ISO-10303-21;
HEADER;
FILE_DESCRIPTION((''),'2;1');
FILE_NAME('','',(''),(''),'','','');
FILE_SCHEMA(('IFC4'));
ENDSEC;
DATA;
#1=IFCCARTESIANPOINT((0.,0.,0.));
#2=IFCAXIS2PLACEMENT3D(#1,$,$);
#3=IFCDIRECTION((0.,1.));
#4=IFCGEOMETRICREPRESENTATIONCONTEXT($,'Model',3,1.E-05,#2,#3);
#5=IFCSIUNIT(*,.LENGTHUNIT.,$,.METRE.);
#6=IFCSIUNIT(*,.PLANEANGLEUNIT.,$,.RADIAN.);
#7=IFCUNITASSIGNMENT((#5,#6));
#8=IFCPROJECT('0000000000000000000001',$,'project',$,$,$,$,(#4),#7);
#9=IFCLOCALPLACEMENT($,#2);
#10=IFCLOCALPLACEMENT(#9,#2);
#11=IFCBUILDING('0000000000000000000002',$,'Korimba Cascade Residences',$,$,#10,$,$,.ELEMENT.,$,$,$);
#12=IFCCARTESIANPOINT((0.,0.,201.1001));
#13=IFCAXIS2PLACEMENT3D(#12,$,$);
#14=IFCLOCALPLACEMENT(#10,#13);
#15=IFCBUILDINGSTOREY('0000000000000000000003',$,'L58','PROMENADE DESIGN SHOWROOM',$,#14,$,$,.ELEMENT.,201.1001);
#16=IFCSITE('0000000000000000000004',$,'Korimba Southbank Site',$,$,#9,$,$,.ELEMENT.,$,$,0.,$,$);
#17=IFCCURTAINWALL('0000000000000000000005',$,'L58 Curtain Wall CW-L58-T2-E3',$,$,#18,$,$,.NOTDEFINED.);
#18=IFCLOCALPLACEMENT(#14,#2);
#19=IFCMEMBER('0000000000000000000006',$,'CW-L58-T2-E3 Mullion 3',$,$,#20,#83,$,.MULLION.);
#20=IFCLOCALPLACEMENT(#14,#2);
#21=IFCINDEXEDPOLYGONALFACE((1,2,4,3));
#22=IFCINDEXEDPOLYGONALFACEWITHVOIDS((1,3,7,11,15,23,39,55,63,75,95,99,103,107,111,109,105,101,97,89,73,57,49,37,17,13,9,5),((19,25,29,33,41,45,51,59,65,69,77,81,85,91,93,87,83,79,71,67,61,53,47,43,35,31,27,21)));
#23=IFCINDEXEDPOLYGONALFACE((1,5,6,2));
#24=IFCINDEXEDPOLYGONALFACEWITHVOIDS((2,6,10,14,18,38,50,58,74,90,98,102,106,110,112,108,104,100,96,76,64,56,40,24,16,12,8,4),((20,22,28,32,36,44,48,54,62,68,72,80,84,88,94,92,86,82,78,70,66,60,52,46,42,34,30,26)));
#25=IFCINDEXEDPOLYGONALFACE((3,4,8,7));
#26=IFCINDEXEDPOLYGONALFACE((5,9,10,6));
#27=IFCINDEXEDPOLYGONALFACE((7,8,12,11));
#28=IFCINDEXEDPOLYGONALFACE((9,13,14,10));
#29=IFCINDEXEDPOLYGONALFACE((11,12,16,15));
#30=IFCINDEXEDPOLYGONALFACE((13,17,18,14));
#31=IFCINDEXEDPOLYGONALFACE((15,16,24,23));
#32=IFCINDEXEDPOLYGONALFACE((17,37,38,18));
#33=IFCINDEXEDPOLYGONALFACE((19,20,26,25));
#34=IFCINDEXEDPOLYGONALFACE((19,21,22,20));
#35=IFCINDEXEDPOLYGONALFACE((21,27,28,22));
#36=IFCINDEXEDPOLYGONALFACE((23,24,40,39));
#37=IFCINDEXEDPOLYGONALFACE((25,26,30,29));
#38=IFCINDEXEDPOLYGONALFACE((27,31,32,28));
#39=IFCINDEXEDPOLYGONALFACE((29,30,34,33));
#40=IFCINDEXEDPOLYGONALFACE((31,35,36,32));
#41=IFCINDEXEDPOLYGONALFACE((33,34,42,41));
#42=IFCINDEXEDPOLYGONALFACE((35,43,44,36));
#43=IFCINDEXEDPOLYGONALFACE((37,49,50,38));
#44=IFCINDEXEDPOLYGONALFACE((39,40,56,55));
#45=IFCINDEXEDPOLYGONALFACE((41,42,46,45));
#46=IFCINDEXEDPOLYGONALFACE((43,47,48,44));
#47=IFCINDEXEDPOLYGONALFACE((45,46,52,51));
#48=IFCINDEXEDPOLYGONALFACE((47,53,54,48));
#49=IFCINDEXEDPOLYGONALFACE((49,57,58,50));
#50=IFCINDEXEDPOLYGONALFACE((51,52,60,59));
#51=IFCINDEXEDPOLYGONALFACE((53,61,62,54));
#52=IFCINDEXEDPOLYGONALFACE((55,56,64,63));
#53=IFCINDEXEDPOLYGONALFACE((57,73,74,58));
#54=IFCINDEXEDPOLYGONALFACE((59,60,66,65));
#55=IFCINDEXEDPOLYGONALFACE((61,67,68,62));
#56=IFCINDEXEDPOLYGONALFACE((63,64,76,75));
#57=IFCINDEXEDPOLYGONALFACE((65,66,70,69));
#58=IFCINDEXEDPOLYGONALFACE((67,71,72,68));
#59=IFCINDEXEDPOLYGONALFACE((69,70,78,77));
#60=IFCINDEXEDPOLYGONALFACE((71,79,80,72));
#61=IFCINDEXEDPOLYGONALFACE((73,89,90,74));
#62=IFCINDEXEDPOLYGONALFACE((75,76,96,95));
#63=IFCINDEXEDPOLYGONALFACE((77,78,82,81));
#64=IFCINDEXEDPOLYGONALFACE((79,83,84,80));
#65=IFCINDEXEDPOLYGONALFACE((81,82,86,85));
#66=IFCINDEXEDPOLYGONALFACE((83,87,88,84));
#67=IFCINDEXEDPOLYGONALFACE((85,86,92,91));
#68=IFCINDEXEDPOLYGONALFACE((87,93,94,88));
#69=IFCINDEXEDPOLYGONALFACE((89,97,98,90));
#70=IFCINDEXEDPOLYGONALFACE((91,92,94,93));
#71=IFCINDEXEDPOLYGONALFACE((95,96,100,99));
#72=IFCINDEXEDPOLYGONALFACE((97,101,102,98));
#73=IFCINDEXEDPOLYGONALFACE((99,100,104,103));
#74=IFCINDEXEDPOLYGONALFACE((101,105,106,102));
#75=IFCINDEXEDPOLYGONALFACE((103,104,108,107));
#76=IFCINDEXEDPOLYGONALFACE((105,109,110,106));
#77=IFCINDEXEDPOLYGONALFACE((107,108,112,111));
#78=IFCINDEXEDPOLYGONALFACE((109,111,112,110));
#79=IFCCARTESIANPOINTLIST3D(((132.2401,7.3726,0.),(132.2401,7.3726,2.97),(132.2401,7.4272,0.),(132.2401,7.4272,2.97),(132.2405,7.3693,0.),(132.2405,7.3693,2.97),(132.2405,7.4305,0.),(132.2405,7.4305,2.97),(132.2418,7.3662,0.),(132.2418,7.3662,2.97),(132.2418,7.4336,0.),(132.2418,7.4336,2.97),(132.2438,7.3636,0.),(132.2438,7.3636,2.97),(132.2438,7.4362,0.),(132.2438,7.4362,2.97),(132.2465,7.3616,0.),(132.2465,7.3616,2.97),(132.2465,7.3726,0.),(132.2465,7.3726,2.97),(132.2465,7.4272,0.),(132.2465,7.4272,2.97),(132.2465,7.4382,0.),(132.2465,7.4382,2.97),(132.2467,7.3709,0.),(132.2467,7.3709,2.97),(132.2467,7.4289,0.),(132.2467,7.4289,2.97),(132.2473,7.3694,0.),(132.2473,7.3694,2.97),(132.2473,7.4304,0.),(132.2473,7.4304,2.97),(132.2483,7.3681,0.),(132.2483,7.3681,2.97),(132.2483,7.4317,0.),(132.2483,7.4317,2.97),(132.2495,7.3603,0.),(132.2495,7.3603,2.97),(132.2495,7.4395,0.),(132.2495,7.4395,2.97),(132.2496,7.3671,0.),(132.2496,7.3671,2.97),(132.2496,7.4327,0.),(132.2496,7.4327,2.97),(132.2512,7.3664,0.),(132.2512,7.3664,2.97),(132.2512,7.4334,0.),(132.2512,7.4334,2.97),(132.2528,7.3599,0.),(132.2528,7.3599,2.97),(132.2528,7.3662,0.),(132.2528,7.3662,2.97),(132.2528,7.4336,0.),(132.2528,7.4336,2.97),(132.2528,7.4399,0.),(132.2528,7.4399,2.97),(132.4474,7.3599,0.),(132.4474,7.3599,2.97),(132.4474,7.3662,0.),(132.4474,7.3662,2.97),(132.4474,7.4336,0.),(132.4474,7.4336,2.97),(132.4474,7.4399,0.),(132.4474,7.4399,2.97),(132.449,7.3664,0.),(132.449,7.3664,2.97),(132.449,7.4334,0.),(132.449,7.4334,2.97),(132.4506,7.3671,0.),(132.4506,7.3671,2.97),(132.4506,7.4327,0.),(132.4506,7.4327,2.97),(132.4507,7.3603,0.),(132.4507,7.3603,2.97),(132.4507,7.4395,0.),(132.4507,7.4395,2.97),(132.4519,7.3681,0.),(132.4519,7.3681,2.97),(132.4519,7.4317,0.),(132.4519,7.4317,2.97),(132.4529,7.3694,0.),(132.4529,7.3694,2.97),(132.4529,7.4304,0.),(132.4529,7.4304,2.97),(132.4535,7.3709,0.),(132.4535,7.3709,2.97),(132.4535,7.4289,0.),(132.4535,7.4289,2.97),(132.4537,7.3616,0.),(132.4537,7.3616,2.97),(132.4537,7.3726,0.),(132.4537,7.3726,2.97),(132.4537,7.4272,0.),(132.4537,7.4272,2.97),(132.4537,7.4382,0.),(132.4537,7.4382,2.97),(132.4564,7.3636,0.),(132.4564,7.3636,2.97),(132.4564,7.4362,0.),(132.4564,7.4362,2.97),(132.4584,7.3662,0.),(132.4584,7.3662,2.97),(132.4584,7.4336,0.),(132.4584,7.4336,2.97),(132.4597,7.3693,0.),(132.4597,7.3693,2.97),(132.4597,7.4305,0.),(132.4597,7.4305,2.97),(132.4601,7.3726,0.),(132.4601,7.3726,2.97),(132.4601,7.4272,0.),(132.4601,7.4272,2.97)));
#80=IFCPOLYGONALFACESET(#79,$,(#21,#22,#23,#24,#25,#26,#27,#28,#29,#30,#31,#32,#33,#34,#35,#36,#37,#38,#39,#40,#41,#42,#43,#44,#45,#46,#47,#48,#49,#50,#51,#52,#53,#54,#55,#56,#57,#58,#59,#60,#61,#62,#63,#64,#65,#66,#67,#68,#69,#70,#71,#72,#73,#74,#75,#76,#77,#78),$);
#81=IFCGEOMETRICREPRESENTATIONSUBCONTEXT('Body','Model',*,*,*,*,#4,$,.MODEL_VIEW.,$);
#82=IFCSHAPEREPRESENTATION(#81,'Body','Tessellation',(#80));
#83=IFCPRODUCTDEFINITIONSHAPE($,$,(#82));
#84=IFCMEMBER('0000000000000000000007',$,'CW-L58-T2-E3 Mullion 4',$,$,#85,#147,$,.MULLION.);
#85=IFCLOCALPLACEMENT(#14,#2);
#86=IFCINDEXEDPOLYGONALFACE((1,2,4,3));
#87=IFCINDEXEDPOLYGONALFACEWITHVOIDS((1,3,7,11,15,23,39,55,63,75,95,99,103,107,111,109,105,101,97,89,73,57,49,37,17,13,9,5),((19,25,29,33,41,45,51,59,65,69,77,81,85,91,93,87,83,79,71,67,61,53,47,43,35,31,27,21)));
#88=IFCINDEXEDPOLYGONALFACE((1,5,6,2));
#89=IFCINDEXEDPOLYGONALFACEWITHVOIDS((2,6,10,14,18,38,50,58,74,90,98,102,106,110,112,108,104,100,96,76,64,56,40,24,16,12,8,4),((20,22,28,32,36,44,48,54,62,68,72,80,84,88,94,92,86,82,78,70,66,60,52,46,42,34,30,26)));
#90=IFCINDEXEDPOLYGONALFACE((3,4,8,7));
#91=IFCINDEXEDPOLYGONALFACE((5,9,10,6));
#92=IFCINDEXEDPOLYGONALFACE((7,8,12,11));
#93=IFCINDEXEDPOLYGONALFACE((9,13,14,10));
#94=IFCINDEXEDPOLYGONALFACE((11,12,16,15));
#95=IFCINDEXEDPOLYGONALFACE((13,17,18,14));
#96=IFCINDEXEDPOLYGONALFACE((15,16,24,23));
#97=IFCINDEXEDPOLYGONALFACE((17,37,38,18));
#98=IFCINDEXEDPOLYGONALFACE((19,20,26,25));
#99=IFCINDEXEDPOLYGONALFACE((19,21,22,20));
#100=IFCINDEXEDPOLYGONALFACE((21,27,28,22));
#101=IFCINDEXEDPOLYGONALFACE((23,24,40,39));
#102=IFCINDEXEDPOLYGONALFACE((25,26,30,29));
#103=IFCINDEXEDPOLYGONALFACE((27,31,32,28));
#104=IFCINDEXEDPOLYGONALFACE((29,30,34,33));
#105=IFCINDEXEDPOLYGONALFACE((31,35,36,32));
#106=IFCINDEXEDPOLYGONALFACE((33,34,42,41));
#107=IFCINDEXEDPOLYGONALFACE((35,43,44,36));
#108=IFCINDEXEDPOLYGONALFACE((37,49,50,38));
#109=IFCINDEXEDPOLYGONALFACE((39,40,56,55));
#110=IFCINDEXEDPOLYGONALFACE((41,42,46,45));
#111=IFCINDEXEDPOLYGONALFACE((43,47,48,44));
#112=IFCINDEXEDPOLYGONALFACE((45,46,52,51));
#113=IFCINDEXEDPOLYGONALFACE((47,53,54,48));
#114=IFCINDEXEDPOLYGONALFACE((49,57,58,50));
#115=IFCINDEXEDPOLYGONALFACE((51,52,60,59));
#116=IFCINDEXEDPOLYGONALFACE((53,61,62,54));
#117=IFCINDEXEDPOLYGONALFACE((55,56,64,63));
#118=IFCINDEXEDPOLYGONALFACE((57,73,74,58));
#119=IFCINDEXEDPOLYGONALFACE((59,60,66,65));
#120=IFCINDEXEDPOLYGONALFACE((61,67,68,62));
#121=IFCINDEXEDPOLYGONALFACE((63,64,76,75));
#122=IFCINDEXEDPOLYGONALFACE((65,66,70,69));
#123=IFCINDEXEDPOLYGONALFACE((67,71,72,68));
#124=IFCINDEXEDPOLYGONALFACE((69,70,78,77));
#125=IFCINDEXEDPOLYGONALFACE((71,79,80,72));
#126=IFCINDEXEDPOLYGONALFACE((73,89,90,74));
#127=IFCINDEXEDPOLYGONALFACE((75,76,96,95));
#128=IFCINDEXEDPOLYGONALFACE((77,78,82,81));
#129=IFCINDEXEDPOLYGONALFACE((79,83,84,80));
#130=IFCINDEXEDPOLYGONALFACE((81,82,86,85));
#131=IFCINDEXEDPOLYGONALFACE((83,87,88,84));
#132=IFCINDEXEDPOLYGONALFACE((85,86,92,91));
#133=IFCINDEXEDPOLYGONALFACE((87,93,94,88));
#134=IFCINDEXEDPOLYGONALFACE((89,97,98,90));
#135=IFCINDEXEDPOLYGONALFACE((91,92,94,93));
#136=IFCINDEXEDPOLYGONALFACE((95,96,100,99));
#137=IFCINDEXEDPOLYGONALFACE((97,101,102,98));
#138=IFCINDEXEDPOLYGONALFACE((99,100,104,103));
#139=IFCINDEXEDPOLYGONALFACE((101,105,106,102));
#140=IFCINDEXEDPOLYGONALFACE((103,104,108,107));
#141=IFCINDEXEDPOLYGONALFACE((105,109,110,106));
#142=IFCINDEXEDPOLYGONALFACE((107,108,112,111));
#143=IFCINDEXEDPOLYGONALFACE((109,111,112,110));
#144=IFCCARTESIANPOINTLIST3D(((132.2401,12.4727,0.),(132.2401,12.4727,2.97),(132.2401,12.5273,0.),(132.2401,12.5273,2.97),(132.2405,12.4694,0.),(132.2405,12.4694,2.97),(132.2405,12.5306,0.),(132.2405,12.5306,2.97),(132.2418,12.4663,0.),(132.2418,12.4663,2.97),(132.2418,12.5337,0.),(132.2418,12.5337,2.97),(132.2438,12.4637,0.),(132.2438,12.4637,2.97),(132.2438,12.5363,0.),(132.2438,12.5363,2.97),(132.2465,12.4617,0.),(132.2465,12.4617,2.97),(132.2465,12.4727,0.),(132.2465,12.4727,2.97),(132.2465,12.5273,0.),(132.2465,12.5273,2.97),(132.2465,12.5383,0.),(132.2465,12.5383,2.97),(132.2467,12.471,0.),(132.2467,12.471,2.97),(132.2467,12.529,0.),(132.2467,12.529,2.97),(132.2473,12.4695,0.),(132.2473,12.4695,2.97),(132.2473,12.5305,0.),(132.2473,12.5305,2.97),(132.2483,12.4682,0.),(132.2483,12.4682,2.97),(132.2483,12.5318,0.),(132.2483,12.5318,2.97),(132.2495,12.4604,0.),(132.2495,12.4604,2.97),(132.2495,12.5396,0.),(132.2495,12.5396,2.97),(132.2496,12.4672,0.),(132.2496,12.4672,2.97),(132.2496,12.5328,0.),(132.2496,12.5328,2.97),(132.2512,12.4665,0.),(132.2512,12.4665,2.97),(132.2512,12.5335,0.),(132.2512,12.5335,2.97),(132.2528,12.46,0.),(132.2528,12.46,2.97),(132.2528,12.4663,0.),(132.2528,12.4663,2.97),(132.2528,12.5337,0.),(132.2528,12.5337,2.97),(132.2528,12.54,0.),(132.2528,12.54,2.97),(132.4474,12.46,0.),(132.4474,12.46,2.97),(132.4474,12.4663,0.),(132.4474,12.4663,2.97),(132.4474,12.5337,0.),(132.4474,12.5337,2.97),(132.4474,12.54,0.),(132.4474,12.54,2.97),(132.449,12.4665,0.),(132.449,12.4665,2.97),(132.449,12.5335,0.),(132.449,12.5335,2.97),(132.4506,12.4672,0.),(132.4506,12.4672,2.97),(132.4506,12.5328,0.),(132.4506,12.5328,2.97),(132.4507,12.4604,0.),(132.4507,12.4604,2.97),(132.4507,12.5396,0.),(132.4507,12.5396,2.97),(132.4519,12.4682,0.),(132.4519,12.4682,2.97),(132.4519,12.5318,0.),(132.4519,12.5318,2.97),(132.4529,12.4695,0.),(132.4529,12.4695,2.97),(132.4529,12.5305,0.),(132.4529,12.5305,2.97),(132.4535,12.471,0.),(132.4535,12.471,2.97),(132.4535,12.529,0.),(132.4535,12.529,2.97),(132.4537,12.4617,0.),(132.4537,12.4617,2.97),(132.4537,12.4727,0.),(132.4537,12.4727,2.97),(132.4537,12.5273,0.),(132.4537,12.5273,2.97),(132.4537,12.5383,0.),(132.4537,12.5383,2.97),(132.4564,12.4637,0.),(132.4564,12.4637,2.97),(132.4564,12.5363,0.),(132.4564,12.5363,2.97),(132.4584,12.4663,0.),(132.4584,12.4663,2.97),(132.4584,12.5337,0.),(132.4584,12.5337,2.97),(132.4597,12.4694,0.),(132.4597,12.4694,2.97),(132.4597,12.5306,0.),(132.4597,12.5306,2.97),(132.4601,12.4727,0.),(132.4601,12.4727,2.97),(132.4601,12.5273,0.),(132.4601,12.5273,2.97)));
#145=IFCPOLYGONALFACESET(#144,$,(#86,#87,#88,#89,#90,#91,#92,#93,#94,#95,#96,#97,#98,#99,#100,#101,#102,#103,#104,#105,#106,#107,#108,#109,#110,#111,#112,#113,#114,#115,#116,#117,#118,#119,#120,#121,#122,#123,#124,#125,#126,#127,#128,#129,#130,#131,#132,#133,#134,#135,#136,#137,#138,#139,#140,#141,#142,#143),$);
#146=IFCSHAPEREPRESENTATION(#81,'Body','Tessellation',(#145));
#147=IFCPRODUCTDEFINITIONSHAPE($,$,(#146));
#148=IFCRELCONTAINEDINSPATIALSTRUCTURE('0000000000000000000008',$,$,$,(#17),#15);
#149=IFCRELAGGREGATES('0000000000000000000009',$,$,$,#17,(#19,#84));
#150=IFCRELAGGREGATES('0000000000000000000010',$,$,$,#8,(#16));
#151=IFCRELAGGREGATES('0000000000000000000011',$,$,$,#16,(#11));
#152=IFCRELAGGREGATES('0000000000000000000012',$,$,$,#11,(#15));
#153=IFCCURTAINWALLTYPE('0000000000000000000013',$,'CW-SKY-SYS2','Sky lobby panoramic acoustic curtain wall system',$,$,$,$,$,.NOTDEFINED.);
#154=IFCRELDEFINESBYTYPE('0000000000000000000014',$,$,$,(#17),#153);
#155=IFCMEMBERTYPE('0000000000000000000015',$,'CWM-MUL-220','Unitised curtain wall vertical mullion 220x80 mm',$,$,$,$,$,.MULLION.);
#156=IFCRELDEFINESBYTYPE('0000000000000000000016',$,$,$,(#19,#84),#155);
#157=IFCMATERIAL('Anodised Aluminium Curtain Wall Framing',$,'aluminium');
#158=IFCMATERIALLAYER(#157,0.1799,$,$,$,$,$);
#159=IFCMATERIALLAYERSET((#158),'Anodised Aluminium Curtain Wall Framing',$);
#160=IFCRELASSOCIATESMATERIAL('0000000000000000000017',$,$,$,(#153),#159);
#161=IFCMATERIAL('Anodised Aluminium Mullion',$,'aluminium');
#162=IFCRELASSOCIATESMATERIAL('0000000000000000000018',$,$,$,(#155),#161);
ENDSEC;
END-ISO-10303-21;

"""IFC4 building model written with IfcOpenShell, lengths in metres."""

from ifc_helpers import new_model, si_unit, direction, frame, origin, origin_2d, place, context, subcontext, project, spatial, hollow_rectangle, extrude, material, layer, layer_set, material_profile, profile_set, type_object, element, aggregate, save


model = new_model("IFC4")

# Units and contexts
model_context = context("Model", 3, precision=1e-05, world=origin(), true_north=direction((0.0, 1.0)))
body_context = subcontext(model_context, "Body", "Model", "MODEL_VIEW")
ifc_project = project(units=[si_unit("LENGTHUNIT", "METRE"), si_unit("PLANEANGLEUNIT", "RADIAN")], contexts=[model_context])

# Site, building, storey
site_placement = place(None, origin())
site = spatial("IfcSite", under=ifc_project, at=site_placement, Name="Korimba Southbank Site", CompositionType="ELEMENT", RefElevation=0.0)
building_placement = place(site_placement, origin())
building = spatial("IfcBuilding", under=site, at=building_placement, Name="Korimba Cascade Residences", CompositionType="ELEMENT")
storey_placement = place(building_placement, frame((0.0, 0.0, 201.1001)))
storey = spatial("IfcBuildingStorey", under=building, at=storey_placement, Name="L58", Description="PROMENADE DESIGN SHOWROOM", CompositionType="ELEMENT", Elevation=201.1001)

# Curtain wall, members
ifc_material_1 = material(Name="Anodised Aluminium Curtain Wall Framing", Category="aluminium")
ifc_layer_1 = layer(ifc_material_1, 0.1799)
ifc_layer_set_1 = layer_set([ifc_layer_1], Name="Anodised Aluminium Curtain Wall Framing")
curtain_wall_type = type_object("IfcCurtainWallType", Name="CW-SKY-SYS2", Description="Sky lobby panoramic acoustic curtain wall system", PredefinedType="NOTDEFINED", material=ifc_layer_set_1)
curtain_wall_placement = place(storey_placement, origin())
curtain_wall = element("IfcCurtainWall", 1, at=curtain_wall_placement, inside=storey, type_object=curtain_wall_type, Name="L58 Curtain Wall CW-L58-T2-E3", PredefinedType="NOTDEFINED")
ifc_material_2 = material(Name="Anodised Aluminium Mullion", Category="aluminium")
ifc_material_profile_1 = material_profile(ifc_material_2, hollow_rectangle(XDim=0.0801, YDim=0.22, WallThickness=0.0063, InnerFilletRadius=0.0063, OuterFilletRadius=0.0127, at=origin_2d()), Name="Anodised Aluminium Mullion")
ifc_profile_set_1 = profile_set([ifc_material_profile_1], Name="Anodised Aluminium Mullion")
member_type_1 = type_object("IfcMemberType", Name="CWM-MUL-220", Description="Unitised curtain wall vertical mullion 220x80 mm", PredefinedType="MULLION", material=ifc_profile_set_1)
member_1_placement = place(storey_placement, frame((132.3501, 7.3999, 0.0), z_axis=(0.0, 0.0, 1.0), x_axis=(0.0, 1.0, 0.0)))
member_1 = element("IfcMember", 2, at=member_1_placement, type_object=member_type_1, Name="CW-L58-T2-E3 Mullion 3", PredefinedType="MULLION", context=body_context, shape_type="SweptSolid", body=[
    extrude(hollow_rectangle(XDim=0.0801, YDim=0.22, WallThickness=0.0063, InnerFilletRadius=0.0063, OuterFilletRadius=0.0127, at=origin_2d()), origin(), (0.0, 0.0, 1.0), 2.97),
])
member_2_placement = place(storey_placement, frame((132.3501, 12.5, 0.0), z_axis=(0.0, 0.0, 1.0), x_axis=(0.0, 1.0, 0.0)))
member_2 = element("IfcMember", 3, at=member_2_placement, type_object=member_type_1, Name="CW-L58-T2-E3 Mullion 4", PredefinedType="MULLION", context=body_context, shape_type="SweptSolid", body=[
    extrude(hollow_rectangle(XDim=0.0801, YDim=0.22, WallThickness=0.0063, InnerFilletRadius=0.0063, OuterFilletRadius=0.0127, at=origin_2d()), origin(), (0.0, 0.0, 1.0), 2.97),
])
aggregate(curtain_wall, [member_1, member_2])

save(model, "model.ifc")
